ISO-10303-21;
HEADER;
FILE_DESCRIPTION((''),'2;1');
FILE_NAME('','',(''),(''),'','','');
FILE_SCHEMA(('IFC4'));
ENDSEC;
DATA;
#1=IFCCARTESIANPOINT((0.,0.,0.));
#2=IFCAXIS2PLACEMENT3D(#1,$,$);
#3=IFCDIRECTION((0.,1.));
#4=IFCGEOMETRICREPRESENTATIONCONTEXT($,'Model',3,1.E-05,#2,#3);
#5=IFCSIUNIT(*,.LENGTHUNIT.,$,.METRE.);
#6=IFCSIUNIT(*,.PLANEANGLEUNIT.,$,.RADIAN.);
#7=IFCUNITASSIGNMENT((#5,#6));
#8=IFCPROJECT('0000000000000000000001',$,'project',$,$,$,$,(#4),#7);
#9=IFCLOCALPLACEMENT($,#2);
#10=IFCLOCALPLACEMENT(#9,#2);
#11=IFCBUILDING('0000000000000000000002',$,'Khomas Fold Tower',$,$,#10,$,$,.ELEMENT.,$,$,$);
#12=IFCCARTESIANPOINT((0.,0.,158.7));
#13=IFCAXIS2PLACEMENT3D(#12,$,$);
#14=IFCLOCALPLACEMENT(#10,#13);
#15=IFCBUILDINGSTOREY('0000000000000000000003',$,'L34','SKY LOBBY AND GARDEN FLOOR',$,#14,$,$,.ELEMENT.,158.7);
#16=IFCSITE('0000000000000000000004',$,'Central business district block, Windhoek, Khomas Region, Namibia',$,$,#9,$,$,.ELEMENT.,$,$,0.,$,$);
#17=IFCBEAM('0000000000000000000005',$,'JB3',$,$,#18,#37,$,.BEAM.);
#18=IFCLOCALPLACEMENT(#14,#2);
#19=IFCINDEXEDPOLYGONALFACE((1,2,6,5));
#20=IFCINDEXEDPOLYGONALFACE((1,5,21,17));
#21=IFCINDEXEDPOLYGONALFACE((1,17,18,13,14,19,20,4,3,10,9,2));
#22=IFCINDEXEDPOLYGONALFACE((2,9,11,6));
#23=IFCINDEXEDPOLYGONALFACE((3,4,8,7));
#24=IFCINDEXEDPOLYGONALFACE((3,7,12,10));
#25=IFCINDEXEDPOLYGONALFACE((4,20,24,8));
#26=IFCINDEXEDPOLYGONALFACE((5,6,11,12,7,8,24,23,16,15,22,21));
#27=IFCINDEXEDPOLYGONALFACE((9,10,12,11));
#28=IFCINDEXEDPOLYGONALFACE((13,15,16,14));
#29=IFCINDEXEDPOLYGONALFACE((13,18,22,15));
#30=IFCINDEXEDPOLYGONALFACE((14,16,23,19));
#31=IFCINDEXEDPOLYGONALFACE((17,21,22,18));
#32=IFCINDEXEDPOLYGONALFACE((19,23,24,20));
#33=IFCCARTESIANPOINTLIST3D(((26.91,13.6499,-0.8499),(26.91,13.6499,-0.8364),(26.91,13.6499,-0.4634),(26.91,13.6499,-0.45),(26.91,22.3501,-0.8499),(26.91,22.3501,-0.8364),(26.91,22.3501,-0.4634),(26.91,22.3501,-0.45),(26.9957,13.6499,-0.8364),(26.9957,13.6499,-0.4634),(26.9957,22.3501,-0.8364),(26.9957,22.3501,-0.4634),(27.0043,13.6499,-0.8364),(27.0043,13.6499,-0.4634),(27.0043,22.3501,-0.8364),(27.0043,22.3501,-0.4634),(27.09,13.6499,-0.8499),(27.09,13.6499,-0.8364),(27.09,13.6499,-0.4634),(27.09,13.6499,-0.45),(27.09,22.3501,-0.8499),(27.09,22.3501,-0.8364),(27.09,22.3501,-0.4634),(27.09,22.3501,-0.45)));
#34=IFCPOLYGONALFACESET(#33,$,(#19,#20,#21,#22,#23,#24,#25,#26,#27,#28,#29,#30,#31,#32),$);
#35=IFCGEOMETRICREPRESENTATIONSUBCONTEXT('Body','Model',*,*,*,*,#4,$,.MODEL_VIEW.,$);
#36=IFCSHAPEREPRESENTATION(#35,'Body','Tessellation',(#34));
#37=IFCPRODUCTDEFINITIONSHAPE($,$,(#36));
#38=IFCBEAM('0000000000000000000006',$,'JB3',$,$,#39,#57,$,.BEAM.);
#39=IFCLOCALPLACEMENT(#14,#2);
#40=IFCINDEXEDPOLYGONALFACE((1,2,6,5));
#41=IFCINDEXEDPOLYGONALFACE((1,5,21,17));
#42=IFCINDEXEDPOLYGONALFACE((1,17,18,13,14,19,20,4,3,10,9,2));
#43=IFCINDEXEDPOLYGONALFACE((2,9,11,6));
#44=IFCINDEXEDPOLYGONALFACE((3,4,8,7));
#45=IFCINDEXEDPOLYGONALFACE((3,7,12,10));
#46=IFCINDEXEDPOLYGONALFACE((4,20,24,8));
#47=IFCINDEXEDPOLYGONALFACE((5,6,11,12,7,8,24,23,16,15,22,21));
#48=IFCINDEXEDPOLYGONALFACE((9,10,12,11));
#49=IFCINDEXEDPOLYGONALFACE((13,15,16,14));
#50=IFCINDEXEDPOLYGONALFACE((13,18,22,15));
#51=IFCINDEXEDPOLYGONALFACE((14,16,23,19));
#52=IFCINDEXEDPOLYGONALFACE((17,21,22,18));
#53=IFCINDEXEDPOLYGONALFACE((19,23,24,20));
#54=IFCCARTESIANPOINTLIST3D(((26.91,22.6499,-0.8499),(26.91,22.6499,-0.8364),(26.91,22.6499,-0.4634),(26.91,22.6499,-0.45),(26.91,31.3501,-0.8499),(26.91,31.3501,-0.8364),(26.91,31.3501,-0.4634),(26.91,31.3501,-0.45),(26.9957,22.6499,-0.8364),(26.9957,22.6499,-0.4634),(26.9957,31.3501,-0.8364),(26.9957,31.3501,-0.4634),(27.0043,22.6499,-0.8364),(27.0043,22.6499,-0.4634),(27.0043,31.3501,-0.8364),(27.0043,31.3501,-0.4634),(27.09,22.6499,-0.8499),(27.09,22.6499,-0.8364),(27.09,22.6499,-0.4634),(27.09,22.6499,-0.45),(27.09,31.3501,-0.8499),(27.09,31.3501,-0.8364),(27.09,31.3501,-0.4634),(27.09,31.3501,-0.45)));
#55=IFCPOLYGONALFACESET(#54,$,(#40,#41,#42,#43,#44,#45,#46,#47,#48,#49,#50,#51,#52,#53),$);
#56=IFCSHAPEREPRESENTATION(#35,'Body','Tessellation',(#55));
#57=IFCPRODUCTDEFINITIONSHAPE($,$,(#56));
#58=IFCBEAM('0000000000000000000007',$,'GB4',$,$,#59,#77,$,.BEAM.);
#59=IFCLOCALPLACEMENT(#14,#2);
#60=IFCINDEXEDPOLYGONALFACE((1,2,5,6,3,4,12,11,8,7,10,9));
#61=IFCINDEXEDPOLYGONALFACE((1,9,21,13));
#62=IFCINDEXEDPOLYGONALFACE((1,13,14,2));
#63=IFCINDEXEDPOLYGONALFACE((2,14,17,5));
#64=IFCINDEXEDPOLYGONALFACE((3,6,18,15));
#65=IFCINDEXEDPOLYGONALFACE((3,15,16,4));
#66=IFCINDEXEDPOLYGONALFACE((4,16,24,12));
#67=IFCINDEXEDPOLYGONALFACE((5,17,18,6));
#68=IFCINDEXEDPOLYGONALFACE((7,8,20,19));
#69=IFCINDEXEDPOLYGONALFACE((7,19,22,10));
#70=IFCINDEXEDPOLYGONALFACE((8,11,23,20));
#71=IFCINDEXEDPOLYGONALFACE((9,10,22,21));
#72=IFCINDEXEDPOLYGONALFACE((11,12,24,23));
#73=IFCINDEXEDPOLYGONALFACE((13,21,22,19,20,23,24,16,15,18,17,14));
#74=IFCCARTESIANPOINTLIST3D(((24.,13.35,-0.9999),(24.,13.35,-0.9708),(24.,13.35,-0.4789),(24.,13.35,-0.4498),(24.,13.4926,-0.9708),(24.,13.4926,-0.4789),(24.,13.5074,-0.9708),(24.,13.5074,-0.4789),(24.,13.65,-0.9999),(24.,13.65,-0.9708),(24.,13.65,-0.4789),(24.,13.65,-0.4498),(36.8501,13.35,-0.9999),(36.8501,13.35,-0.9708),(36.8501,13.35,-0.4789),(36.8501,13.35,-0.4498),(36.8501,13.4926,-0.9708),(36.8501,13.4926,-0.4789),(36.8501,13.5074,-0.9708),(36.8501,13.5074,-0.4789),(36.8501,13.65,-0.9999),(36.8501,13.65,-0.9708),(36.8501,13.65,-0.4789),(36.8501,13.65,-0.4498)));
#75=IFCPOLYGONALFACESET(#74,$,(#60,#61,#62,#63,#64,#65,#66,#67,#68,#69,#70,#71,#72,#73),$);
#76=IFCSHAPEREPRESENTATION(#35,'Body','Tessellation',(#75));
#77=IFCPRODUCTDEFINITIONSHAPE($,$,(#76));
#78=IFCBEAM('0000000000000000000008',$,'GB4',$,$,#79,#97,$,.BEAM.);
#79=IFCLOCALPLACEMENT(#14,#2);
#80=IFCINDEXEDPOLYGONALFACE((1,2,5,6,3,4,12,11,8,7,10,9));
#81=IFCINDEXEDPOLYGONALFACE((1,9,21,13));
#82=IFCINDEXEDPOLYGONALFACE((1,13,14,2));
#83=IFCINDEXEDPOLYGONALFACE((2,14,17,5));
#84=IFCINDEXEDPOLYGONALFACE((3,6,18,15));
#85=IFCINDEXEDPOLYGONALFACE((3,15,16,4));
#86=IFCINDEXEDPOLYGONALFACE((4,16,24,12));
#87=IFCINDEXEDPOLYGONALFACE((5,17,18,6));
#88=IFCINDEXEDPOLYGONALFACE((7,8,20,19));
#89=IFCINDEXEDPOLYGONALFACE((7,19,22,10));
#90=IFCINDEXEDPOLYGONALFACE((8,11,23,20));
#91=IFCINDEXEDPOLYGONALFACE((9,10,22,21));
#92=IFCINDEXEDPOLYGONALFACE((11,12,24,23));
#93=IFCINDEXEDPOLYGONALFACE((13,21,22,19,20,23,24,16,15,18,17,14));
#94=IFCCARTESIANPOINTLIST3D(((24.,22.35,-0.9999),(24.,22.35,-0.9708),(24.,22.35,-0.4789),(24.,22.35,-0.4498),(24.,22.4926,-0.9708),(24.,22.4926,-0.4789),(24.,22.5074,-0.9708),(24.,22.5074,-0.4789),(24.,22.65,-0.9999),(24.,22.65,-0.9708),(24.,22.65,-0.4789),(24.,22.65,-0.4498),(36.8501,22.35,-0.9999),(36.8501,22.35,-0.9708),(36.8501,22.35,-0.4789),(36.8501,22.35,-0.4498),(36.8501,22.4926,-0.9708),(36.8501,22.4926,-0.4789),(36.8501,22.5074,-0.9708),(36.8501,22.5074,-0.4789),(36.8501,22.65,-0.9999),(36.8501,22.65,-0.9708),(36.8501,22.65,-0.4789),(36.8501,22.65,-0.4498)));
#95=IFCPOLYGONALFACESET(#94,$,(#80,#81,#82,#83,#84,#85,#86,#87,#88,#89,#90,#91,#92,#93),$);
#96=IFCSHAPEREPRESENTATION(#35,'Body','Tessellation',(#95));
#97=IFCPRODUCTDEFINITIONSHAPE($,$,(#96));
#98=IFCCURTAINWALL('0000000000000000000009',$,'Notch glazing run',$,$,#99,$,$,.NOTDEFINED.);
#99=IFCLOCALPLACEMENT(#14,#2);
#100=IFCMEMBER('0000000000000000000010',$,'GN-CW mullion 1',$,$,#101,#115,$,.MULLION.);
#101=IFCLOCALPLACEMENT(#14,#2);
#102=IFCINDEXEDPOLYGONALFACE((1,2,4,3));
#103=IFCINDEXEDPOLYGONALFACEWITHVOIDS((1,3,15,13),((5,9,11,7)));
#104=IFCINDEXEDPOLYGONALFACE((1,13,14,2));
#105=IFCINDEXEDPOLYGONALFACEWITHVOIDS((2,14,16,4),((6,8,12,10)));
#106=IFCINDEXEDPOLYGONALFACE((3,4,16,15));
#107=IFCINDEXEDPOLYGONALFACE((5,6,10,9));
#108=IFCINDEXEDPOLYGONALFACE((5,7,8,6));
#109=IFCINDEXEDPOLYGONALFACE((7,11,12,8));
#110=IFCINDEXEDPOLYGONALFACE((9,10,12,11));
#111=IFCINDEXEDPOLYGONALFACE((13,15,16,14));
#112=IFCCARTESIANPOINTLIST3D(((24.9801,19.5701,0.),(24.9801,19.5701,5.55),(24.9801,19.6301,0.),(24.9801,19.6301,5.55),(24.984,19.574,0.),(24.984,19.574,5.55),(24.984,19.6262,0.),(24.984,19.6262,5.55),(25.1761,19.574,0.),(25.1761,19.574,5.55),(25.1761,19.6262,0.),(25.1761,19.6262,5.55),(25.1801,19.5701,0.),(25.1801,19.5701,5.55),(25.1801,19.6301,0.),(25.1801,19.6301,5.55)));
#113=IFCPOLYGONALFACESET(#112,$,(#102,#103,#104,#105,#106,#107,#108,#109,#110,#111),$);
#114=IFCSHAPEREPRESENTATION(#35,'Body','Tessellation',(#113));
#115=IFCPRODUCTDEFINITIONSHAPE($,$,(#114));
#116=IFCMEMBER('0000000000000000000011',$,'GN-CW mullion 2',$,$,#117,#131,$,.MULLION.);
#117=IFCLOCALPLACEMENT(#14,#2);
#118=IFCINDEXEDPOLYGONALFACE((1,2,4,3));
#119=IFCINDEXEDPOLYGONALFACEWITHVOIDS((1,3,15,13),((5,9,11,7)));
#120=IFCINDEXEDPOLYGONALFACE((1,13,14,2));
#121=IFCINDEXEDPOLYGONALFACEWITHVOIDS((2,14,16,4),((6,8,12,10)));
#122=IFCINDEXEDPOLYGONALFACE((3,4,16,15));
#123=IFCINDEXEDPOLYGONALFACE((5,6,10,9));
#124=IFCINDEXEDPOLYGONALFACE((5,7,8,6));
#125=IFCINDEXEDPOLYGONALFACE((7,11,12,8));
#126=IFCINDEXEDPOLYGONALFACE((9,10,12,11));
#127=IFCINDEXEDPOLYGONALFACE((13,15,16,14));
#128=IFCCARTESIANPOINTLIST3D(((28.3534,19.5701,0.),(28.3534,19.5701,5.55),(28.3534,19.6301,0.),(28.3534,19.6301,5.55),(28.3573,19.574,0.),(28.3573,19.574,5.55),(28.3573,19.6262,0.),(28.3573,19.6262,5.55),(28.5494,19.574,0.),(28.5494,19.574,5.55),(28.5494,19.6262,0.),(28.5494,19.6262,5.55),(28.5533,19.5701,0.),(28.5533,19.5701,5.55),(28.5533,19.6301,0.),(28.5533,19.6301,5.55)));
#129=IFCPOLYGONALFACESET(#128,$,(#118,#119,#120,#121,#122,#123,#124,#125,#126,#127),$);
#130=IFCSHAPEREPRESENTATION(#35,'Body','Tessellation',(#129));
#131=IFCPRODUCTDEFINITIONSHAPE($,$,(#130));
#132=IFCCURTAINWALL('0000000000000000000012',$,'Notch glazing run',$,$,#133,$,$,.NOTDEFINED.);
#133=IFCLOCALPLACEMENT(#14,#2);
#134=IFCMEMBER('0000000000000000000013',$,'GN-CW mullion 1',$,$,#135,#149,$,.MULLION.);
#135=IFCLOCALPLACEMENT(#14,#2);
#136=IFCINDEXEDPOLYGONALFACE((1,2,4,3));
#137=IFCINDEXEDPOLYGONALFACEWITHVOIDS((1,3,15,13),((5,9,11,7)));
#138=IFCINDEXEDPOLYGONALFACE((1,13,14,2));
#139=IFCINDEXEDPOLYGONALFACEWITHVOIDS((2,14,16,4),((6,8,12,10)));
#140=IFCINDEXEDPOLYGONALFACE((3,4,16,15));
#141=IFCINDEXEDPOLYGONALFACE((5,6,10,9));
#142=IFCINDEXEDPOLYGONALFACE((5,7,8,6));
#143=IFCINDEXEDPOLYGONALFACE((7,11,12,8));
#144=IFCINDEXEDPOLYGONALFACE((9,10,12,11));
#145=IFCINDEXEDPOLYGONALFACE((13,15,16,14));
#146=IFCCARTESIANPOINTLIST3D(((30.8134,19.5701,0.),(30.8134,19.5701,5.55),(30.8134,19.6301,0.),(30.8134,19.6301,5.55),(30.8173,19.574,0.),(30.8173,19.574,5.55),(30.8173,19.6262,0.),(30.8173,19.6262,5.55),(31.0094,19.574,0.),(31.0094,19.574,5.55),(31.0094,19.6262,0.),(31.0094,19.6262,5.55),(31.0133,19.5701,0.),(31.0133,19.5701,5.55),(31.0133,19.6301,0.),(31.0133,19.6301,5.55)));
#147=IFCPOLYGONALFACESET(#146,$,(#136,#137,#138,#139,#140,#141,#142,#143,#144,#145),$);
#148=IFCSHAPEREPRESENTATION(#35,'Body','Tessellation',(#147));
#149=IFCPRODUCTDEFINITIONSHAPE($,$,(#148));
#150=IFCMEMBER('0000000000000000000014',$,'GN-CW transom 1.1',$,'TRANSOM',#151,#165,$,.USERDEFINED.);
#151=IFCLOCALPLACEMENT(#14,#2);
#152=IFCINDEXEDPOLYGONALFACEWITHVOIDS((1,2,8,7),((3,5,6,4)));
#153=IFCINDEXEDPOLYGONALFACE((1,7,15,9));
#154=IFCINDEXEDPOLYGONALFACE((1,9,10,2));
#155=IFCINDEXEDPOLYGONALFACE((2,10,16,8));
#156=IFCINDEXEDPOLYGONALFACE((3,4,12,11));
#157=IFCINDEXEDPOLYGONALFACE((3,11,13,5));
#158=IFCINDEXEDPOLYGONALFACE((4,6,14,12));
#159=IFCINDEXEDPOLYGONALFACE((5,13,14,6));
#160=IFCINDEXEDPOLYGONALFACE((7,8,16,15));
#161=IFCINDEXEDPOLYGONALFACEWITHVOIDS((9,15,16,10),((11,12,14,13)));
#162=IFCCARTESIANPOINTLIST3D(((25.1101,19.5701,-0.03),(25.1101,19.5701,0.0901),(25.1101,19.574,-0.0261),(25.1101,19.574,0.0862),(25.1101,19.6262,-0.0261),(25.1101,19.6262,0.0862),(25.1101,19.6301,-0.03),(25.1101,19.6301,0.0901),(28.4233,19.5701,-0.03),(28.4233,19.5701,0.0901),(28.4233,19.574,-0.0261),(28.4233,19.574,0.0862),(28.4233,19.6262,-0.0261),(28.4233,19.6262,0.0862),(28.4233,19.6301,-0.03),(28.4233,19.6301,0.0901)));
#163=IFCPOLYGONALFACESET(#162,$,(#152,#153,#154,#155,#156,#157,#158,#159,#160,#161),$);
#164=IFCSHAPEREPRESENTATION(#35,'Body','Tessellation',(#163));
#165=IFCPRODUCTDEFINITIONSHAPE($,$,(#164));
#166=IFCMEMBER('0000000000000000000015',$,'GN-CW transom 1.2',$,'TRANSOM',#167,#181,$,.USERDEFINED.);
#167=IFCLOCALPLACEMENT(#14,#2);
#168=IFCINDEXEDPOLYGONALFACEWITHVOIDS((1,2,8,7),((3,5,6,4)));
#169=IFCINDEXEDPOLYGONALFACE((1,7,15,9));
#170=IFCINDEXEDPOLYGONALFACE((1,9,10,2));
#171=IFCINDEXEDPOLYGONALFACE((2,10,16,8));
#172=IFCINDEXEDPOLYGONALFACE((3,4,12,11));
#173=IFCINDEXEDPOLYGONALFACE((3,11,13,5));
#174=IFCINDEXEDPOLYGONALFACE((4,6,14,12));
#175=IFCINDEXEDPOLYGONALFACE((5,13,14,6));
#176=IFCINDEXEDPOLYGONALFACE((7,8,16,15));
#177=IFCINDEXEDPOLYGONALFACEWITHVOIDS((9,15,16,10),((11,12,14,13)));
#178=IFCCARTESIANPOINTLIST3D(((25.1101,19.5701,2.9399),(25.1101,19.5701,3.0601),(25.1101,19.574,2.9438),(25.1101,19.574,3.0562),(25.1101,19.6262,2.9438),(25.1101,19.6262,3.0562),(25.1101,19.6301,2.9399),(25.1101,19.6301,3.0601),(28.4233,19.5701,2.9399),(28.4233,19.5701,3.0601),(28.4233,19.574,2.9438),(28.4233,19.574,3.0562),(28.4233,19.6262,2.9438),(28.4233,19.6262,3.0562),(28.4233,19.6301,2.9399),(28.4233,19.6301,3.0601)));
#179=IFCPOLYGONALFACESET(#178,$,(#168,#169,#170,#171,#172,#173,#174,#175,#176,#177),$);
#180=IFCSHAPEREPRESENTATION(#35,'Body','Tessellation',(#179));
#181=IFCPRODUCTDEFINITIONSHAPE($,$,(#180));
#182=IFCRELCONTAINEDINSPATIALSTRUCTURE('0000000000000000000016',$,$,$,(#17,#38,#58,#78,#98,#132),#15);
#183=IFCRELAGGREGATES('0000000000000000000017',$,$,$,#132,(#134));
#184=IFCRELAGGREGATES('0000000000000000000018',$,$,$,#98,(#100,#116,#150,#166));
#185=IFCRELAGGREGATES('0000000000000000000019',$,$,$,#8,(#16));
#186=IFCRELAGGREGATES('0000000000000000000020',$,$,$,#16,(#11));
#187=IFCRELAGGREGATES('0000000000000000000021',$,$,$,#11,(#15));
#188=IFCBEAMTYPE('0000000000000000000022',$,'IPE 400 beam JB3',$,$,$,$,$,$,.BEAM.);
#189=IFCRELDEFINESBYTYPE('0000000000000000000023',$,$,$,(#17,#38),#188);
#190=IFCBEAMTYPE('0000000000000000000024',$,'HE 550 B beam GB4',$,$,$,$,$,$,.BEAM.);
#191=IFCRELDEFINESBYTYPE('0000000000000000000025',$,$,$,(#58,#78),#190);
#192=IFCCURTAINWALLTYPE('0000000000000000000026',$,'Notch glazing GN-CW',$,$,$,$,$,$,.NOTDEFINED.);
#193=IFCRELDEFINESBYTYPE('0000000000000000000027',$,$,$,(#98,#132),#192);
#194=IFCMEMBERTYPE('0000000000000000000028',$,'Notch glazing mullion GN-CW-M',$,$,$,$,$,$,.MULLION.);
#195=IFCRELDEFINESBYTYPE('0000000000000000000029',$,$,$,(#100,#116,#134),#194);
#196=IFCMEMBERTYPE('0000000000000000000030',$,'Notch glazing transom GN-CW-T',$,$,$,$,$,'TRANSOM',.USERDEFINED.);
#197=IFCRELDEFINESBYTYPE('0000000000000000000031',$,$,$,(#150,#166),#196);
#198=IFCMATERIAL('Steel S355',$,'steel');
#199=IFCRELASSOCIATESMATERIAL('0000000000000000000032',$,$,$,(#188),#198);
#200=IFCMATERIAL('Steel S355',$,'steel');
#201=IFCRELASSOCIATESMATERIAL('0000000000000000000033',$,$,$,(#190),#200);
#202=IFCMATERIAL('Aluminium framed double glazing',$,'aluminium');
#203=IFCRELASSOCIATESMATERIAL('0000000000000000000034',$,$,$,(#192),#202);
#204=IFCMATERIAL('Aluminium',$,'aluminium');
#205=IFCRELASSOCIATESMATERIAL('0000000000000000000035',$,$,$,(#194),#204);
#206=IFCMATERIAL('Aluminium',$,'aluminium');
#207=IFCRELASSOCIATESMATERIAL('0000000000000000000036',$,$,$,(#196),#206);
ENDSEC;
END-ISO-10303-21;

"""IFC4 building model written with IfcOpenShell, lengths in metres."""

from ifc_helpers import new_model, si_unit, direction, frame, origin, origin_2d, place, context, subcontext, project, spatial, hollow_rectangle, i_section, extrude, source, transform, mapped, material, material_profile, profile_set, type_object, element, aggregate, save


model = new_model("IFC4")

# Units and contexts
model_context = context("Model", 3, precision=1e-05, world=origin(), true_north=direction((0.0, 1.0)))
body_context = subcontext(model_context, "Body", "Model", "MODEL_VIEW")
ifc_project = project(units=[si_unit("LENGTHUNIT", "METRE"), si_unit("PLANEANGLEUNIT", "RADIAN")], contexts=[model_context])

# Site, building, storey
site_placement = place(None, origin())
site = spatial("IfcSite", under=ifc_project, at=site_placement, Name="Central business district block, Windhoek, Khomas Region, Namibia", CompositionType="ELEMENT", RefElevation=0.0)
building_placement = place(site_placement, origin())
building = spatial("IfcBuilding", under=site, at=building_placement, Name="Khomas Fold Tower", CompositionType="ELEMENT")
storey_placement = place(building_placement, frame((0.0, 0.0, 158.7)))
storey = spatial("IfcBuildingStorey", under=building, at=storey_placement, Name="L34", Description="SKY LOBBY AND GARDEN FLOOR", CompositionType="ELEMENT", Elevation=158.7)

# Beams
ifc_material_1 = material(Name="Steel S355", Category="steel")
ifc_material_profile_1 = material_profile(ifc_material_1, i_section(OverallWidth=0.1799, OverallDepth=0.3999, WebThickness=0.0085, FlangeThickness=0.0134, at=origin_2d()), Name="IPE 400")
ifc_profile_set_1 = profile_set([ifc_material_profile_1], Name="Steel S355")
beam_type_1 = type_object("IfcBeamType", Name="IPE 400 beam JB3", PredefinedType="BEAM", material=ifc_profile_set_1)
shared_shape_1 = source(origin(), body_context, "Body", "SweptSolid", [
    extrude(i_section(OverallWidth=0.1799, OverallDepth=0.3999, WebThickness=0.0085, FlangeThickness=0.0134, at=origin_2d()), origin(), (0.0, 0.0, 1.0), 8.7002),
])
for number, where, z_axis, x_axis, name in (
    (1, (27.0, 13.6499, -0.6499), (0.0, 1.0, 0.0), (-1.0, 0.0, 0.0), "JB3"),
    (2, (27.0, 22.6499, -0.6499), (0.0, 1.0, 0.0), (-1.0, 0.0, 0.0), "JB3"),
):
    element("IfcBeam", number, at=place(storey_placement, frame(where, z_axis=z_axis, x_axis=x_axis)), inside=storey, type_object=beam_type_1, Name=name, PredefinedType="BEAM", context=body_context, shape_type="MappedRepresentation", body=[
        mapped(shared_shape_1, transform((0.0, 0.0, 0.0))),
    ])
ifc_material_2 = material(Name="Steel S355", Category="steel")
ifc_material_profile_2 = material_profile(ifc_material_2, i_section(OverallWidth=0.3, OverallDepth=0.55, WebThickness=0.0149, FlangeThickness=0.0291, at=origin_2d()), Name="HE 550 B")
ifc_profile_set_2 = profile_set([ifc_material_profile_2], Name="Steel S355")
beam_type_2 = type_object("IfcBeamType", Name="HE 550 B beam GB4", PredefinedType="BEAM", material=ifc_profile_set_2)
shared_shape_2 = source(origin(), body_context, "Body", "SweptSolid", [
    extrude(i_section(OverallWidth=0.3, OverallDepth=0.55, WebThickness=0.0149, FlangeThickness=0.0291, at=origin_2d()), origin(), (0.0, 0.0, 1.0), 12.8501),
])
for number, where, z_axis, x_axis, name in (
    (3, (24.0, 13.5, -0.7249), (1.0, 0.0, 0.0), (0.0, 1.0, 0.0), "GB4"),
    (4, (24.0, 22.5, -0.7249), (1.0, 0.0, 0.0), (0.0, 1.0, 0.0), "GB4"),
):
    element("IfcBeam", number, at=place(storey_placement, frame(where, z_axis=z_axis, x_axis=x_axis)), inside=storey, type_object=beam_type_2, Name=name, PredefinedType="BEAM", context=body_context, shape_type="MappedRepresentation", body=[
        mapped(shared_shape_2, transform((0.0, 0.0, 0.0))),
    ])

# Curtain wall, members
ifc_material_3 = material(Name="Aluminium framed double glazing", Category="aluminium")
curtain_wall_type = type_object("IfcCurtainWallType", Name="Notch glazing GN-CW", PredefinedType="NOTDEFINED", material=ifc_material_3)
curtain_wall_1_placement = place(storey_placement, origin())
curtain_wall_1 = element("IfcCurtainWall", 5, at=curtain_wall_1_placement, inside=storey, type_object=curtain_wall_type, Name="Notch glazing run", PredefinedType="NOTDEFINED")
ifc_material_4 = material(Name="Aluminium", Category="aluminium")
ifc_material_profile_3 = material_profile(ifc_material_4, hollow_rectangle(XDim=0.0601, YDim=0.2, WallThickness=0.0039, at=origin_2d()), Name="Notch glazing mullion GN-CW-M")
ifc_profile_set_3 = profile_set([ifc_material_profile_3], Name="Aluminium")
member_type_1 = type_object("IfcMemberType", Name="Notch glazing mullion GN-CW-M", PredefinedType="MULLION", material=ifc_profile_set_3)
shared_shape_3 = source(origin(), body_context, "Body", "SweptSolid", [
    extrude(hollow_rectangle(XDim=0.0601, YDim=0.2, WallThickness=0.0039, at=origin_2d()), origin(), (0.0, 0.0, 1.0), 5.55),
])
member_1_placement = place(storey_placement, frame((25.0801, 19.6001, 0.0), z_axis=(0.0, 0.0, 1.0), x_axis=(0.0, 1.0, 0.0)))
member_1 = element("IfcMember", 6, at=member_1_placement, type_object=member_type_1, Name="GN-CW mullion 1", PredefinedType="MULLION", context=body_context, shape_type="MappedRepresentation", body=[
    mapped(shared_shape_3, transform((0.0, 0.0, 0.0))),
])
member_2_placement = place(storey_placement, frame((28.4534, 19.6001, 0.0), z_axis=(0.0, 0.0, 1.0), x_axis=(0.0, 1.0, 0.0)))
member_2 = element("IfcMember", 7, at=member_2_placement, type_object=member_type_1, Name="GN-CW mullion 2", PredefinedType="MULLION", context=body_context, shape_type="MappedRepresentation", body=[
    mapped(shared_shape_3, transform((0.0, 0.0, 0.0))),
])

# Curtain wall, member
curtain_wall_2_placement = place(storey_placement, origin())
curtain_wall_2 = element("IfcCurtainWall", 8, at=curtain_wall_2_placement, inside=storey, type_object=curtain_wall_type, Name="Notch glazing run", PredefinedType="NOTDEFINED")
member_3_placement = place(storey_placement, frame((30.9133, 19.6001, 0.0), z_axis=(0.0, 0.0, 1.0), x_axis=(0.0, 1.0, 0.0)))
member_3 = element("IfcMember", 9, at=member_3_placement, type_object=member_type_1, Name="GN-CW mullion 1", PredefinedType="MULLION", context=body_context, shape_type="MappedRepresentation", body=[
    mapped(shared_shape_3, transform((0.0, 0.0, 0.0))),
])
aggregate(curtain_wall_2, [member_3])

# Members
ifc_material_5 = material(Name="Aluminium", Category="aluminium")
ifc_material_profile_4 = material_profile(ifc_material_5, hollow_rectangle(XDim=0.0601, YDim=0.1201, WallThickness=0.0039, at=origin_2d()), Name="Notch glazing transom GN-CW-T")
ifc_profile_set_4 = profile_set([ifc_material_profile_4], Name="Aluminium")
member_type_2 = type_object("IfcMemberType", Name="Notch glazing transom GN-CW-T", ElementType="TRANSOM", PredefinedType="USERDEFINED", material=ifc_profile_set_4)
shared_shape_4 = source(origin(), body_context, "Body", "SweptSolid", [
    extrude(hollow_rectangle(XDim=0.0601, YDim=0.1201, WallThickness=0.0039, at=origin_2d()), origin(), (0.0, 0.0, 1.0), 3.3132),
])
member_4_placement = place(storey_placement, frame((25.1101, 19.6001, 0.03), z_axis=(1.0, 0.0, 0.0), x_axis=(0.0, 1.0, 0.0)))
member_4 = element("IfcMember", 10, at=member_4_placement, type_object=member_type_2, Name="GN-CW transom 1.1", ObjectType="TRANSOM", PredefinedType="USERDEFINED", context=body_context, shape_type="MappedRepresentation", body=[
    mapped(shared_shape_4, transform((0.0, 0.0, 0.0))),
])
member_5_placement = place(storey_placement, frame((25.1101, 19.6001, 3.0), z_axis=(1.0, 0.0, 0.0), x_axis=(0.0, 1.0, 0.0)))
member_5 = element("IfcMember", 11, at=member_5_placement, type_object=member_type_2, Name="GN-CW transom 1.2", ObjectType="TRANSOM", PredefinedType="USERDEFINED", context=body_context, shape_type="MappedRepresentation", body=[
    mapped(shared_shape_4, transform((0.0, 0.0, 0.0))),
])

aggregate(curtain_wall_1, [member_1, member_2, member_4, member_5])

save(model, "model.ifc")
